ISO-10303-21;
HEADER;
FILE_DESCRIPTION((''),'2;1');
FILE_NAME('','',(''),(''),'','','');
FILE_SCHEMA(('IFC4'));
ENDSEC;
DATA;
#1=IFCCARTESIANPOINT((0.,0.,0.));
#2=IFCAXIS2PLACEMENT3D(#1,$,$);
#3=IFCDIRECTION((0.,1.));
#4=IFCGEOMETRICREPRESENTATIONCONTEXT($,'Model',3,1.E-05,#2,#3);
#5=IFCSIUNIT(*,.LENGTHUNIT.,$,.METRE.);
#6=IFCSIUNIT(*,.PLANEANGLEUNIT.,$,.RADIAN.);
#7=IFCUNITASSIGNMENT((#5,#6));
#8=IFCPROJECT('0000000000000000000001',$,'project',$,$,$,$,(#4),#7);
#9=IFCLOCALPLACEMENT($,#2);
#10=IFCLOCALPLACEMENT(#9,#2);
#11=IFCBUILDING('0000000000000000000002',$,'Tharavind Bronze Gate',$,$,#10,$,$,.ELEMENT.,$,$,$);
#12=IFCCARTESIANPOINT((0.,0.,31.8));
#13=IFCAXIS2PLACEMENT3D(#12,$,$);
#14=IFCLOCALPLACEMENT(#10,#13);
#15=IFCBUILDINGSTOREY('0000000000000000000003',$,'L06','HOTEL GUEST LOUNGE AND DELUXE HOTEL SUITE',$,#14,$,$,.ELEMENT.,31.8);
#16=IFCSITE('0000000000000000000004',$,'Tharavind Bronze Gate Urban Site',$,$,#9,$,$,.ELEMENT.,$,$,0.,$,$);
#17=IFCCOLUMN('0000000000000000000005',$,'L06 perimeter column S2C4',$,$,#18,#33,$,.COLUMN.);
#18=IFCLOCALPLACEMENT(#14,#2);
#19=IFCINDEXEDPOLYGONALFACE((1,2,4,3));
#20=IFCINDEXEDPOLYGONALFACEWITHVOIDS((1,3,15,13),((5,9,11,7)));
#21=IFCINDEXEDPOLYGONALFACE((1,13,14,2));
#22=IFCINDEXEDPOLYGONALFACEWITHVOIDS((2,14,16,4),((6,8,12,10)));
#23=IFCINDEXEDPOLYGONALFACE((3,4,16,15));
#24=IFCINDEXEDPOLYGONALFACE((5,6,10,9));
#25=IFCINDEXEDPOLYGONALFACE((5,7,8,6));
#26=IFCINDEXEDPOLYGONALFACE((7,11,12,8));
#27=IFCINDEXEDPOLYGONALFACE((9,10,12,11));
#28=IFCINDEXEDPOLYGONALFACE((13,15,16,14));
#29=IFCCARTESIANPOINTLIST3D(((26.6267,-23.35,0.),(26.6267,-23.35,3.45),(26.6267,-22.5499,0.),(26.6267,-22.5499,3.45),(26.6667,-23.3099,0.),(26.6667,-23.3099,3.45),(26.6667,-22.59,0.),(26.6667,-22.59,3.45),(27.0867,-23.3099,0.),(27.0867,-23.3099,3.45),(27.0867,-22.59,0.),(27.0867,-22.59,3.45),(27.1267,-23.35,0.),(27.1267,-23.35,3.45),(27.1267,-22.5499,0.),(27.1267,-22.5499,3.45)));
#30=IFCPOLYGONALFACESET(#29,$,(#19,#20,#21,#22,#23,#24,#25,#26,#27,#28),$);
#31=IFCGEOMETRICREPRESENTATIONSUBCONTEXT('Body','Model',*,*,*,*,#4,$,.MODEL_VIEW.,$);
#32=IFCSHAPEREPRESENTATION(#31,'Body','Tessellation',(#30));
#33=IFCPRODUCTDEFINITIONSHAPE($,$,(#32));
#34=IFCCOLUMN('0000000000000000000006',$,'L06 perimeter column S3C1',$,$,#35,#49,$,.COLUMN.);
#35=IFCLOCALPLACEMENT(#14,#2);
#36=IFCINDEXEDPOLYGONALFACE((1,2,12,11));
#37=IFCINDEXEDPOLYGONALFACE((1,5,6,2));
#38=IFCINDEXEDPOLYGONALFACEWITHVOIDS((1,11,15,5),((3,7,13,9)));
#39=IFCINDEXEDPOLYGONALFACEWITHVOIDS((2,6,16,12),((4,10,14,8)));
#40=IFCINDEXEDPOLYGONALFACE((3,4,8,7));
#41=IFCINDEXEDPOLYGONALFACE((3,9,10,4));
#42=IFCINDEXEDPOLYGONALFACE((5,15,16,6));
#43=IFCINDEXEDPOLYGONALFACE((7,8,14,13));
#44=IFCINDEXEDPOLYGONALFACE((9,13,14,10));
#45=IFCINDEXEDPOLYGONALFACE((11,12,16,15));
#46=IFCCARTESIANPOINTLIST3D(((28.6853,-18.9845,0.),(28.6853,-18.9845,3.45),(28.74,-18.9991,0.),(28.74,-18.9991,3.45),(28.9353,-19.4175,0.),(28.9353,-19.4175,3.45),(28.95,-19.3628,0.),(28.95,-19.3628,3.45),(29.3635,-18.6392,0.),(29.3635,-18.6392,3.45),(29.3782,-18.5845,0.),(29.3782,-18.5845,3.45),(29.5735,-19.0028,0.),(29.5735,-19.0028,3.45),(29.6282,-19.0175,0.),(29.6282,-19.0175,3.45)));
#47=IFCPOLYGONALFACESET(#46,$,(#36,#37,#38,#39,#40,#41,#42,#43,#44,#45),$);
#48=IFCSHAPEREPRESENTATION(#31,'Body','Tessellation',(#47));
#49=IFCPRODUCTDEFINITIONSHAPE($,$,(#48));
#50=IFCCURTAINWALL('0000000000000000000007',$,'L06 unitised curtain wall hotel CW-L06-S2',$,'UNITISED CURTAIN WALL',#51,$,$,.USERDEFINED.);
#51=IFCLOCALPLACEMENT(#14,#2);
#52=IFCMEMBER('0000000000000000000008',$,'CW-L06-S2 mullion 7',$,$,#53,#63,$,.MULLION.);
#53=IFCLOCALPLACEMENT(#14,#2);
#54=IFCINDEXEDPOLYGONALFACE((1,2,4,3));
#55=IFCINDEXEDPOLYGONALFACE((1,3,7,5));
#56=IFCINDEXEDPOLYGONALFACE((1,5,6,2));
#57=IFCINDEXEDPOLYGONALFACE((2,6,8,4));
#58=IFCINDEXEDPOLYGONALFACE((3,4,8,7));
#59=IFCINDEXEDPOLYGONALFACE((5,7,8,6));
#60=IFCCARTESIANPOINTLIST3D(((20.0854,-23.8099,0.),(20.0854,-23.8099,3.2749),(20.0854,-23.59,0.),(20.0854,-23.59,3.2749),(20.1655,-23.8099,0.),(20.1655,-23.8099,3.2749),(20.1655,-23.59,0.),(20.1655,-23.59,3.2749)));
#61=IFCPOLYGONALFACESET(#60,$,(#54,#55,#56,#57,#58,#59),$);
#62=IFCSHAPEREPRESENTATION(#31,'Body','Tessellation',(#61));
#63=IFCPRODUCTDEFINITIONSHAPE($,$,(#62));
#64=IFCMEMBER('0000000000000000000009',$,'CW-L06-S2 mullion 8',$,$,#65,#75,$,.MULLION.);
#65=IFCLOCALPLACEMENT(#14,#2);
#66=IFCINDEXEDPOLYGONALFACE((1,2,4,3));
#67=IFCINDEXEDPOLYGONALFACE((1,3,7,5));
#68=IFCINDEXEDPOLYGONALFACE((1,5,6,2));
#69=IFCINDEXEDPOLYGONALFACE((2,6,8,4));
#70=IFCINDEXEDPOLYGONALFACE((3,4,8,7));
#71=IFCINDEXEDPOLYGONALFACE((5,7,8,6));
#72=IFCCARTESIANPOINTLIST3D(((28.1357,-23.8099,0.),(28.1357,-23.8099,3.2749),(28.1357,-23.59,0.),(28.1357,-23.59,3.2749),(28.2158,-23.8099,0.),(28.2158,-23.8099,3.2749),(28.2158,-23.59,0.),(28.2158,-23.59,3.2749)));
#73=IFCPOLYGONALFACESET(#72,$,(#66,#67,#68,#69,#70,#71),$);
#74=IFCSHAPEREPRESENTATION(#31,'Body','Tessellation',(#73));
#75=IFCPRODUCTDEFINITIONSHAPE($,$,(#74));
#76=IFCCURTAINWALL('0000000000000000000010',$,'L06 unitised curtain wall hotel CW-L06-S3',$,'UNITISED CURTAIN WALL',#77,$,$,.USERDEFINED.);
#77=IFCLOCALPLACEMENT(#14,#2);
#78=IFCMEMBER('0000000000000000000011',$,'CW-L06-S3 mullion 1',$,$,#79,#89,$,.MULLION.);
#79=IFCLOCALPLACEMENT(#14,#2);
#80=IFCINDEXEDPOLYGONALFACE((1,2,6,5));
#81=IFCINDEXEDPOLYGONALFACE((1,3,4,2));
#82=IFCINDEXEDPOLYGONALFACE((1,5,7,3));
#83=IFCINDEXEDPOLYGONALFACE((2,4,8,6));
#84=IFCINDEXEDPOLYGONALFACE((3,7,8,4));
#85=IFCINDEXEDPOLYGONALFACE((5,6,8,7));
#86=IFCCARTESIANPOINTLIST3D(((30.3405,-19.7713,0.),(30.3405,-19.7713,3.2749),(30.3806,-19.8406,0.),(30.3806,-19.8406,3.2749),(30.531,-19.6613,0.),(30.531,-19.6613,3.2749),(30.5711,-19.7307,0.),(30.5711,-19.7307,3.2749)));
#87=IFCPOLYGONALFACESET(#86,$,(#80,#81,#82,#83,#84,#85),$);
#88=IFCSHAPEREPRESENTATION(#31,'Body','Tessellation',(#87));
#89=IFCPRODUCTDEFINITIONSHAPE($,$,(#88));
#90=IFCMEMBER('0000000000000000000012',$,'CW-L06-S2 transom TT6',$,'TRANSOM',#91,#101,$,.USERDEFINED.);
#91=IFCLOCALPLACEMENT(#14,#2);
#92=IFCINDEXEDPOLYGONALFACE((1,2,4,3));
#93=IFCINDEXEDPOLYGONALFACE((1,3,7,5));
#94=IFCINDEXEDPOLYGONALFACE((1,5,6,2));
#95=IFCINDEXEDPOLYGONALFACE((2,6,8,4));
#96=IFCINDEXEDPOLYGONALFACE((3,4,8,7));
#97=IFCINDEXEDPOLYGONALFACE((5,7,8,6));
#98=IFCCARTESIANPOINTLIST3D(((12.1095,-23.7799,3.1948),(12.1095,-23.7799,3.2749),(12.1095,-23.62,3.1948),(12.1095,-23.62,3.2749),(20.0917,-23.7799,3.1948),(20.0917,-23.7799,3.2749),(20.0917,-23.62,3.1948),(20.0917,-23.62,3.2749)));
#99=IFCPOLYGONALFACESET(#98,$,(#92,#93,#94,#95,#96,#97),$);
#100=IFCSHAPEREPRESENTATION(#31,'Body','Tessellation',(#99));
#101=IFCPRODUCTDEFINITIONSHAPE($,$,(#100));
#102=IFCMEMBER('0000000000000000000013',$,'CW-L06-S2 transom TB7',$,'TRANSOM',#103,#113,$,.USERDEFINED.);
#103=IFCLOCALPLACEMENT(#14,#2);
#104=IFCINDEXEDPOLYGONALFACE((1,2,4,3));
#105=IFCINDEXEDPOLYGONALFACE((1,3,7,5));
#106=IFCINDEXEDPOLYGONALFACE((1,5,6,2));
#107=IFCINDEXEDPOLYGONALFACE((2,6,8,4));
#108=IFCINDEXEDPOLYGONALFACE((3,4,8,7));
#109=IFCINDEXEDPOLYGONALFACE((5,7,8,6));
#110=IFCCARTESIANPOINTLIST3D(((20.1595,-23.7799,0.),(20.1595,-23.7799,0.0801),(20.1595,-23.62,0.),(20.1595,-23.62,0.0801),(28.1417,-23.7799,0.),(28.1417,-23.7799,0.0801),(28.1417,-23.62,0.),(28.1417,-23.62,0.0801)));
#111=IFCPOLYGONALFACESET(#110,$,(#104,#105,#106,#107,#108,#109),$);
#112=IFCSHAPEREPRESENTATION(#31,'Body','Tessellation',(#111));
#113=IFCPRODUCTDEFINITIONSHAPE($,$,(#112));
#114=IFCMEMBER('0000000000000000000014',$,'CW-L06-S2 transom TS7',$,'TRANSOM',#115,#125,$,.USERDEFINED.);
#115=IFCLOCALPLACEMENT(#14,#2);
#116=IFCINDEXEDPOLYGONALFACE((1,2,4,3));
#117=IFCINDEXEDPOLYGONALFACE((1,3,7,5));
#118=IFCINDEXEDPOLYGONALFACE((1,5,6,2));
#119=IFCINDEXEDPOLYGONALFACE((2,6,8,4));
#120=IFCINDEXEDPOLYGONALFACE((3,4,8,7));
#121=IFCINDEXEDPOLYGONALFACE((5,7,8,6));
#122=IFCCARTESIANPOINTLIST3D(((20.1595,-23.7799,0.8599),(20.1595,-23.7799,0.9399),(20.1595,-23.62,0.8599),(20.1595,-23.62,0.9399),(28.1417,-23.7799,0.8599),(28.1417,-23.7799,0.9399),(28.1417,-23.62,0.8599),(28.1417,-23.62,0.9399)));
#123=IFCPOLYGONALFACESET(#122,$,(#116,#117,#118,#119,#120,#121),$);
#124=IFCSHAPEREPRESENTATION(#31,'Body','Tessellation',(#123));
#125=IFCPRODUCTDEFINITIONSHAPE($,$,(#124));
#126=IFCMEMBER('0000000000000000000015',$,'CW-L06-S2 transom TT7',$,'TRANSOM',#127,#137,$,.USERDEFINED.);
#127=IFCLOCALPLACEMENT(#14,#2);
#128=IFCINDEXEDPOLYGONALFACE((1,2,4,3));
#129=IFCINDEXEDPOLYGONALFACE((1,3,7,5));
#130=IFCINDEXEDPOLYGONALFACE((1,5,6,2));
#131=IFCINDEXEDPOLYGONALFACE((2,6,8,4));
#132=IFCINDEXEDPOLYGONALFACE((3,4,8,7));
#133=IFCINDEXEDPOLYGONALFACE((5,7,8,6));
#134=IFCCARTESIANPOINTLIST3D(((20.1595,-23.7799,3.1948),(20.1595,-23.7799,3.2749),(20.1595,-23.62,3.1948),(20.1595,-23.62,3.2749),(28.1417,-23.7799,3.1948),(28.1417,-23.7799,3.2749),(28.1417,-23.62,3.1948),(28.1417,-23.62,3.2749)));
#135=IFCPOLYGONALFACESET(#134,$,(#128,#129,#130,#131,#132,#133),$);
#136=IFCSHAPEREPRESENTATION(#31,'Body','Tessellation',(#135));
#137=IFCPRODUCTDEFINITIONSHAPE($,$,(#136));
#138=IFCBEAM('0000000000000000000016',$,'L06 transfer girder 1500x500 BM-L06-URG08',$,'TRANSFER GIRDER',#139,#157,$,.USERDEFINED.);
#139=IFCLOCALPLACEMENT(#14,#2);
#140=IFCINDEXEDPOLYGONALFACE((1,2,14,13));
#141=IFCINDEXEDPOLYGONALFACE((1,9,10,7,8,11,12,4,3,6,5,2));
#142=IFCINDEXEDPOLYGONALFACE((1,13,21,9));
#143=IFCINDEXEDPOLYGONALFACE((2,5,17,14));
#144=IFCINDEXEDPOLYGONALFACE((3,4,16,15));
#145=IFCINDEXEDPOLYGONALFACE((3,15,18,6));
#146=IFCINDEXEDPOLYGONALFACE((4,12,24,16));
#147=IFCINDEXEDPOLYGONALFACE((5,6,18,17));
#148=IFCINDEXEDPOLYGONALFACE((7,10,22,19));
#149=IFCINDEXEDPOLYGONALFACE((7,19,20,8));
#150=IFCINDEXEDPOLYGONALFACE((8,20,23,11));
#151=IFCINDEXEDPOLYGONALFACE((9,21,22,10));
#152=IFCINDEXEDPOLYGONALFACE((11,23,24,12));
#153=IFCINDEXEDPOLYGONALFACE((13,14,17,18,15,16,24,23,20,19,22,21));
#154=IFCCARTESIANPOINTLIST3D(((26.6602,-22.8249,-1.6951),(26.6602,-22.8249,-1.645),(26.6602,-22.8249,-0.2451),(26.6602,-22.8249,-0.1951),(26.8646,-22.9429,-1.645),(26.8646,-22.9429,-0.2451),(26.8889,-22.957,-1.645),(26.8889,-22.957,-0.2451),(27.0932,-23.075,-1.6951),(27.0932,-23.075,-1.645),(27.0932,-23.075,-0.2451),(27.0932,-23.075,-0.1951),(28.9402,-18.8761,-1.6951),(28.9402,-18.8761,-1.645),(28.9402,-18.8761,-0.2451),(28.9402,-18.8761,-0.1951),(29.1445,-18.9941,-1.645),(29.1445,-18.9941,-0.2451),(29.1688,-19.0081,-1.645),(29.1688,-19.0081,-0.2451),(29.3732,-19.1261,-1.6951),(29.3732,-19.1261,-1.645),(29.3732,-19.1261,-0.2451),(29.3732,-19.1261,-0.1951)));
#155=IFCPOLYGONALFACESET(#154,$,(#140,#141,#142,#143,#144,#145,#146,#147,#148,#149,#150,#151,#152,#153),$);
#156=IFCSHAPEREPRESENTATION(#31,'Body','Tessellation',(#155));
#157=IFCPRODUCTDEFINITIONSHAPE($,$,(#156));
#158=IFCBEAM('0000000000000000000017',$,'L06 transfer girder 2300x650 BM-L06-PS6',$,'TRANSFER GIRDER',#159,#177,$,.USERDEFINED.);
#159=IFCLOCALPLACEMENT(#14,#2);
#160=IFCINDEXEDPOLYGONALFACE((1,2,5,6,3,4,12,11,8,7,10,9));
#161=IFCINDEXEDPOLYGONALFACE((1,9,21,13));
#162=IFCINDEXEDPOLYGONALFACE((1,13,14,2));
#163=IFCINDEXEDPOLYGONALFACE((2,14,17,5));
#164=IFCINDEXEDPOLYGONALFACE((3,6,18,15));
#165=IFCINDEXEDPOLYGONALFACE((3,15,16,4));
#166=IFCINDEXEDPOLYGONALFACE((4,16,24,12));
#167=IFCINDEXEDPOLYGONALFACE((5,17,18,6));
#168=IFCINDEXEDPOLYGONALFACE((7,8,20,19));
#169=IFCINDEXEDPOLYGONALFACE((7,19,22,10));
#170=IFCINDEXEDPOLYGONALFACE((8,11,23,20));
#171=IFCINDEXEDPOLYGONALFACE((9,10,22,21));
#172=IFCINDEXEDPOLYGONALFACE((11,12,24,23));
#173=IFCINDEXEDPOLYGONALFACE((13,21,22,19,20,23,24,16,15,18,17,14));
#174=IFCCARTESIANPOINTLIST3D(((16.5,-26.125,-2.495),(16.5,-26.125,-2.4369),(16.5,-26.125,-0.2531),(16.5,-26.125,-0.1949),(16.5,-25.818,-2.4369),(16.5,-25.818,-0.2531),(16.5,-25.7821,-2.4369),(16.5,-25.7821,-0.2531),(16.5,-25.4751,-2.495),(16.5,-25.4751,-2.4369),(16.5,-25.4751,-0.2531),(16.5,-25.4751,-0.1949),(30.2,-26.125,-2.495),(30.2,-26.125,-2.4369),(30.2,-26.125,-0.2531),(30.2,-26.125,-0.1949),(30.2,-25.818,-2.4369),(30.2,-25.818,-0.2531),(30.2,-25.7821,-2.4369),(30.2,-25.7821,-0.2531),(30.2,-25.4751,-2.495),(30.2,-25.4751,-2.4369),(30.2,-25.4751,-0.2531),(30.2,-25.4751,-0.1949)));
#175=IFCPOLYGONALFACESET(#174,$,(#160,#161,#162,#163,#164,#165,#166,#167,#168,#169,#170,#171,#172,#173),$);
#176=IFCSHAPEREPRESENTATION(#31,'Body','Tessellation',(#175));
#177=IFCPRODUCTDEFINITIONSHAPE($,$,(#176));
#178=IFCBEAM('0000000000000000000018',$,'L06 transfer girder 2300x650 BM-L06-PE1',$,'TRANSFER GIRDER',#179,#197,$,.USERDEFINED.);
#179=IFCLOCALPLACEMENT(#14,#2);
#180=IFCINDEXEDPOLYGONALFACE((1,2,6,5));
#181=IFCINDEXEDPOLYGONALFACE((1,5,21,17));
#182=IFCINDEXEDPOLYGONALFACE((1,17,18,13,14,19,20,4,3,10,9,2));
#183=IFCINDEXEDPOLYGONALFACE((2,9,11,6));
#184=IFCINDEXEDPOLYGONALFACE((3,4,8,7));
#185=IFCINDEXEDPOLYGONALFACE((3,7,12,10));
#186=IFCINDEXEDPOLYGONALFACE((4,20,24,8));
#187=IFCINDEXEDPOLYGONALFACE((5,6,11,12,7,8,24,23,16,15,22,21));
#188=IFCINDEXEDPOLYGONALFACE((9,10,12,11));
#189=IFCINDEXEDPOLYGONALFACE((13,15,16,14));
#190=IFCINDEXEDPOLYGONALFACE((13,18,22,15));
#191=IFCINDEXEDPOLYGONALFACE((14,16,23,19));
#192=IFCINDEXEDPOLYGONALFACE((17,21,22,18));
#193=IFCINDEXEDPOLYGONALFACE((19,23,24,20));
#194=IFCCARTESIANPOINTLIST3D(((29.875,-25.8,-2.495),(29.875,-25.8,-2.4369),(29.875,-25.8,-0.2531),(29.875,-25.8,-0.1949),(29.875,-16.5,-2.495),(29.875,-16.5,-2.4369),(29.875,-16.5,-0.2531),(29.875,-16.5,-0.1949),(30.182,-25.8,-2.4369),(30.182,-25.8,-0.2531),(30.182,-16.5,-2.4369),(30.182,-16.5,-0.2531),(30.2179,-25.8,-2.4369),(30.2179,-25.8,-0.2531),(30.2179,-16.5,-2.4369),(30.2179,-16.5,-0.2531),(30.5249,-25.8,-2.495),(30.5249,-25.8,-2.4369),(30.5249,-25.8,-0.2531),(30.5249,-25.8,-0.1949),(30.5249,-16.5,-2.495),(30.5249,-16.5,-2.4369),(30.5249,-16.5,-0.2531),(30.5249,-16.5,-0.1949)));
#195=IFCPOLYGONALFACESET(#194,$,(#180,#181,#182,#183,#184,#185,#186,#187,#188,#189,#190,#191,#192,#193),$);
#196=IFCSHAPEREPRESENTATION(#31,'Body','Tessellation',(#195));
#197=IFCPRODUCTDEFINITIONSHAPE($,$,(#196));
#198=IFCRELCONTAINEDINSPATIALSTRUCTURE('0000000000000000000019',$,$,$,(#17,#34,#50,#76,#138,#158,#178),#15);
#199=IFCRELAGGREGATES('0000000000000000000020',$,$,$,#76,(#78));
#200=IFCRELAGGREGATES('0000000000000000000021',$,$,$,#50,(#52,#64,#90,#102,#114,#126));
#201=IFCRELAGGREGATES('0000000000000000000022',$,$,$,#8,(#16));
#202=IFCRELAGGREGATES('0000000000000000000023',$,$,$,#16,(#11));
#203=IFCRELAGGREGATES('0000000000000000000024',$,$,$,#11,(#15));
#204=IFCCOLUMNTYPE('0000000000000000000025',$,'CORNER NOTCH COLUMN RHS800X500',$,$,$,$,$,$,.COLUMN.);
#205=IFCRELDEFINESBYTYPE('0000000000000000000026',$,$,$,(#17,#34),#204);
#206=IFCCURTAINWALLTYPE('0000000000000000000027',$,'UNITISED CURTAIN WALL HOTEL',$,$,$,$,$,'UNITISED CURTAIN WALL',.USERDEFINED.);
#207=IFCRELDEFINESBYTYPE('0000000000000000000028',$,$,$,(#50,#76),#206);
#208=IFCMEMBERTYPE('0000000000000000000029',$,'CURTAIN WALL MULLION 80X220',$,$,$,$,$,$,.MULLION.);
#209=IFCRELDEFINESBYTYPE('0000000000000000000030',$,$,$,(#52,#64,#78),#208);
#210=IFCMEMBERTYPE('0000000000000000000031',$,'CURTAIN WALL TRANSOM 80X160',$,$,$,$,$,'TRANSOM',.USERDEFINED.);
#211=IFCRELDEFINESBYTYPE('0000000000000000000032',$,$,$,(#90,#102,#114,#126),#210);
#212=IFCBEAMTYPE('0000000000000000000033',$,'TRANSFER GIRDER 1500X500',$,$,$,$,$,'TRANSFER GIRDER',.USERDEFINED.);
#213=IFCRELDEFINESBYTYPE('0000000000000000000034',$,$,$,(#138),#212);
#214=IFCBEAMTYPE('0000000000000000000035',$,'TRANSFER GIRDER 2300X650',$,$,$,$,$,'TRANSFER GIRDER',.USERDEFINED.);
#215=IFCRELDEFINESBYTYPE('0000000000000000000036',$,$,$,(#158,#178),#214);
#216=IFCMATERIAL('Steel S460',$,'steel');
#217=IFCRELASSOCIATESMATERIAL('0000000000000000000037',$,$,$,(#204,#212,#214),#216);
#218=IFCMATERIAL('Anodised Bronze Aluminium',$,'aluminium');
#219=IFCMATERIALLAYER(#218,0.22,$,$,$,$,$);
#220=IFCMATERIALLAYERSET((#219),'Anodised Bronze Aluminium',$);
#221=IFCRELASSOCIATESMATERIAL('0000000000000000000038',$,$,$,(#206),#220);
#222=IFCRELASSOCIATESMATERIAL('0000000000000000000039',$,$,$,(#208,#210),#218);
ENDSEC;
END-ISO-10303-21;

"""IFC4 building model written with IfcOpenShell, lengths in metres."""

from ifc_helpers import new_model, si_unit, direction, frame, origin, origin_2d, place, context, subcontext, project, spatial, rectangle, hollow_rectangle, i_section, extrude, material, layer, layer_set, material_profile, profile_set, type_object, element, aggregate, save


model = new_model("IFC4")

# Units and contexts
model_context = context("Model", 3, precision=1e-05, world=origin(), true_north=direction((0.0, 1.0)))
body_context = subcontext(model_context, "Body", "Model", "MODEL_VIEW")
ifc_project = project(units=[si_unit("LENGTHUNIT", "METRE"), si_unit("PLANEANGLEUNIT", "RADIAN")], contexts=[model_context])

# Site, building, storey
site_placement = place(None, origin())
site = spatial("IfcSite", under=ifc_project, at=site_placement, Name="Tharavind Bronze Gate Urban Site", CompositionType="ELEMENT", RefElevation=0.0)
building_placement = place(site_placement, origin())
building = spatial("IfcBuilding", under=site, at=building_placement, Name="Tharavind Bronze Gate", CompositionType="ELEMENT")
storey_placement = place(building_placement, frame((0.0, 0.0, 31.8)))
storey = spatial("IfcBuildingStorey", under=building, at=storey_placement, Name="L06", Description="HOTEL GUEST LOUNGE AND DELUXE HOTEL SUITE", CompositionType="ELEMENT", Elevation=31.8)

# Columns
ifc_material_1 = material(Name="Steel S460", Category="steel")
ifc_material_profile_1 = material_profile(ifc_material_1, hollow_rectangle(XDim=0.5, YDim=0.8, WallThickness=0.04, at=origin_2d()), Name="RHS800X500X40")
ifc_profile_set_1 = profile_set([ifc_material_profile_1], Name="Steel S460")
column_type = type_object("IfcColumnType", Name="CORNER NOTCH COLUMN RHS800X500", PredefinedType="COLUMN", material=ifc_profile_set_1)
for number, where, z_axis, x_axis, name in (
    (1, (26.8767, -22.95, 0.0), (0.0, 0.0, 1.0), (1.0, 0.0, 0.0), "L06 perimeter column S2C4"),
    (2, (29.1567, -19.001, 0.0), (0.0, 0.0, 1.0), (-0.500002, 0.866025, 0.0), "L06 perimeter column S3C1"),
):
    element("IfcColumn", number, at=place(storey_placement, frame(where, z_axis=z_axis, x_axis=x_axis)), inside=storey, type_object=column_type, Name=name, PredefinedType="COLUMN", context=body_context, shape_type="SweptSolid", body=[
        extrude(hollow_rectangle(XDim=0.5, YDim=0.8, WallThickness=0.04, at=origin_2d()), origin(), (0.0, 0.0, 1.0), 3.45),
    ])

# Curtain wall, members
ifc_material_2 = material(Name="Anodised Bronze Aluminium", Category="aluminium")
ifc_layer_1 = layer(ifc_material_2, 0.22)
ifc_layer_set_1 = layer_set([ifc_layer_1], Name="Anodised Bronze Aluminium")
curtain_wall_type = type_object("IfcCurtainWallType", Name="UNITISED CURTAIN WALL HOTEL", ElementType="UNITISED CURTAIN WALL", PredefinedType="USERDEFINED", material=ifc_layer_set_1)
curtain_wall_1_placement = place(storey_placement, origin())
curtain_wall_1 = element("IfcCurtainWall", 3, at=curtain_wall_1_placement, inside=storey, type_object=curtain_wall_type, Name="L06 unitised curtain wall hotel CW-L06-S2", ObjectType="UNITISED CURTAIN WALL", PredefinedType="USERDEFINED")
member_type_1 = type_object("IfcMemberType", Name="CURTAIN WALL MULLION 80X220", PredefinedType="MULLION", material=ifc_material_2)
member_1_placement = place(storey_placement, frame((20.1255, -23.7, 0.0), z_axis=(0.0, 0.0, 1.0), x_axis=(1.0, 0.0, 0.0)))
member_1 = element("IfcMember", 4, at=member_1_placement, type_object=member_type_1, Name="CW-L06-S2 mullion 7", PredefinedType="MULLION", context=body_context, shape_type="SweptSolid", body=[
    extrude(rectangle(XDim=0.0801, YDim=0.22, at=origin_2d()), origin(), (0.0, 0.0, 1.0), 3.2749),
])
member_2_placement = place(storey_placement, frame((28.1758, -23.7, 0.0), z_axis=(0.0, 0.0, 1.0), x_axis=(1.0, 0.0, 0.0)))
member_2 = element("IfcMember", 5, at=member_2_placement, type_object=member_type_1, Name="CW-L06-S2 mullion 8", PredefinedType="MULLION", context=body_context, shape_type="SweptSolid", body=[
    extrude(rectangle(XDim=0.0801, YDim=0.22, at=origin_2d()), origin(), (0.0, 0.0, 1.0), 3.2749),
])

# Curtain wall, member
curtain_wall_2_placement = place(storey_placement, origin())
curtain_wall_2 = element("IfcCurtainWall", 6, at=curtain_wall_2_placement, inside=storey, type_object=curtain_wall_type, Name="L06 unitised curtain wall hotel CW-L06-S3", ObjectType="UNITISED CURTAIN WALL", PredefinedType="USERDEFINED")
member_3_placement = place(storey_placement, frame((30.4558, -19.751, 0.0), z_axis=(0.0, 0.0, 1.0), x_axis=(-0.500002, 0.866025, 0.0)))
member_3 = element("IfcMember", 7, at=member_3_placement, type_object=member_type_1, Name="CW-L06-S3 mullion 1", PredefinedType="MULLION", context=body_context, shape_type="SweptSolid", body=[
    extrude(rectangle(XDim=0.0801, YDim=0.22, at=origin_2d()), origin(), (0.0, 0.0, 1.0), 3.2749),
])
aggregate(curtain_wall_2, [member_3])

# Members
member_type_2 = type_object("IfcMemberType", Name="CURTAIN WALL TRANSOM 80X160", ElementType="TRANSOM", PredefinedType="USERDEFINED", material=ifc_material_2)
member_4_placement = place(storey_placement, frame((16.1006, -23.7, 3.1948), z_axis=(0.0, 0.0, 1.0), x_axis=(1.0, 0.0, 0.0)))
member_4 = element("IfcMember", 8, at=member_4_placement, type_object=member_type_2, Name="CW-L06-S2 transom TT6", ObjectType="TRANSOM", PredefinedType="USERDEFINED", context=body_context, shape_type="SweptSolid", body=[
    extrude(rectangle(XDim=7.9822, YDim=0.1599, at=origin_2d()), origin(), (0.0, 0.0, 1.0), 0.0801),
])
member_5_placement = place(storey_placement, frame((24.1506, -23.7, 0.0), z_axis=(0.0, 0.0, 1.0), x_axis=(1.0, 0.0, 0.0)))
member_5 = element("IfcMember", 9, at=member_5_placement, type_object=member_type_2, Name="CW-L06-S2 transom TB7", ObjectType="TRANSOM", PredefinedType="USERDEFINED", context=body_context, shape_type="SweptSolid", body=[
    extrude(rectangle(XDim=7.9822, YDim=0.1599, at=origin_2d()), origin(), (0.0, 0.0, 1.0), 0.0801),
])
member_6_placement = place(storey_placement, frame((24.1506, -23.7, 0.8599), z_axis=(0.0, 0.0, 1.0), x_axis=(1.0, 0.0, 0.0)))
member_6 = element("IfcMember", 10, at=member_6_placement, type_object=member_type_2, Name="CW-L06-S2 transom TS7", ObjectType="TRANSOM", PredefinedType="USERDEFINED", context=body_context, shape_type="SweptSolid", body=[
    extrude(rectangle(XDim=7.9822, YDim=0.1599, at=origin_2d()), origin(), (0.0, 0.0, 1.0), 0.0801),
])
member_7_placement = place(storey_placement, frame((24.1506, -23.7, 3.1948), z_axis=(0.0, 0.0, 1.0), x_axis=(1.0, 0.0, 0.0)))
member_7 = element("IfcMember", 11, at=member_7_placement, type_object=member_type_2, Name="CW-L06-S2 transom TT7", ObjectType="TRANSOM", PredefinedType="USERDEFINED", context=body_context, shape_type="SweptSolid", body=[
    extrude(rectangle(XDim=7.9822, YDim=0.1599, at=origin_2d()), origin(), (0.0, 0.0, 1.0), 0.0801),
])

# Beams
ifc_material_profile_2 = material_profile(ifc_material_1, i_section(OverallWidth=0.5, OverallDepth=1.5, WebThickness=0.0281, FlangeThickness=0.05, at=origin_2d()), Name="PG1500X500")
ifc_profile_set_2 = profile_set([ifc_material_profile_2], Name="Steel S460")
beam_type_1 = type_object("IfcBeamType", Name="TRANSFER GIRDER 1500X500", ElementType="TRANSFER GIRDER", PredefinedType="USERDEFINED", material=ifc_profile_set_2)
beam_1_placement = place(storey_placement, frame((26.8767, -22.95, -0.9451), z_axis=(0.500014, 0.866017, 0.0), x_axis=(-0.866017, 0.500014, 0.0)))
element("IfcBeam", 12, at=beam_1_placement, inside=storey, type_object=beam_type_1, Name="L06 transfer girder 1500x500 BM-L06-URG08", ObjectType="TRANSFER GIRDER", PredefinedType="USERDEFINED", context=body_context, shape_type="SweptSolid", body=[
    extrude(i_section(OverallWidth=0.5, OverallDepth=1.5, WebThickness=0.0281, FlangeThickness=0.05, at=origin_2d()), origin(), (0.0, 0.0, 1.0), 4.5598),
])
ifc_material_profile_3 = material_profile(ifc_material_1, i_section(OverallWidth=0.6499, OverallDepth=2.3, WebThickness=0.0359, FlangeThickness=0.0581, at=origin_2d()), Name="PG2300X650")
ifc_profile_set_3 = profile_set([ifc_material_profile_3], Name="Steel S460")
beam_type_2 = type_object("IfcBeamType", Name="TRANSFER GIRDER 2300X650", ElementType="TRANSFER GIRDER", PredefinedType="USERDEFINED", material=ifc_profile_set_3)
beam_2_placement = place(storey_placement, frame((16.5, -25.8, -1.345), z_axis=(1.0, 0.0, 0.0), x_axis=(0.0, 1.0, 0.0)))
element("IfcBeam", 13, at=beam_2_placement, inside=storey, type_object=beam_type_2, Name="L06 transfer girder 2300x650 BM-L06-PS6", ObjectType="TRANSFER GIRDER", PredefinedType="USERDEFINED", context=body_context, shape_type="SweptSolid", body=[
    extrude(i_section(OverallWidth=0.6499, OverallDepth=2.3, WebThickness=0.0359, FlangeThickness=0.0581, at=origin_2d()), origin(), (0.0, 0.0, 1.0), 13.7),
])
beam_3_placement = place(storey_placement, frame((30.2, -25.8, -1.345), z_axis=(0.0, 1.0, 0.0), x_axis=(-1.0, 0.0, 0.0)))
element("IfcBeam", 14, at=beam_3_placement, inside=storey, type_object=beam_type_2, Name="L06 transfer girder 2300x650 BM-L06-PE1", ObjectType="TRANSFER GIRDER", PredefinedType="USERDEFINED", context=body_context, shape_type="SweptSolid", body=[
    extrude(i_section(OverallWidth=0.6499, OverallDepth=2.3, WebThickness=0.0359, FlangeThickness=0.0581, at=origin_2d()), origin(), (0.0, 0.0, 1.0), 9.3),
])

aggregate(curtain_wall_1, [member_1, member_2, member_4, member_5, member_6, member_7])

save(model, "model.ifc")
